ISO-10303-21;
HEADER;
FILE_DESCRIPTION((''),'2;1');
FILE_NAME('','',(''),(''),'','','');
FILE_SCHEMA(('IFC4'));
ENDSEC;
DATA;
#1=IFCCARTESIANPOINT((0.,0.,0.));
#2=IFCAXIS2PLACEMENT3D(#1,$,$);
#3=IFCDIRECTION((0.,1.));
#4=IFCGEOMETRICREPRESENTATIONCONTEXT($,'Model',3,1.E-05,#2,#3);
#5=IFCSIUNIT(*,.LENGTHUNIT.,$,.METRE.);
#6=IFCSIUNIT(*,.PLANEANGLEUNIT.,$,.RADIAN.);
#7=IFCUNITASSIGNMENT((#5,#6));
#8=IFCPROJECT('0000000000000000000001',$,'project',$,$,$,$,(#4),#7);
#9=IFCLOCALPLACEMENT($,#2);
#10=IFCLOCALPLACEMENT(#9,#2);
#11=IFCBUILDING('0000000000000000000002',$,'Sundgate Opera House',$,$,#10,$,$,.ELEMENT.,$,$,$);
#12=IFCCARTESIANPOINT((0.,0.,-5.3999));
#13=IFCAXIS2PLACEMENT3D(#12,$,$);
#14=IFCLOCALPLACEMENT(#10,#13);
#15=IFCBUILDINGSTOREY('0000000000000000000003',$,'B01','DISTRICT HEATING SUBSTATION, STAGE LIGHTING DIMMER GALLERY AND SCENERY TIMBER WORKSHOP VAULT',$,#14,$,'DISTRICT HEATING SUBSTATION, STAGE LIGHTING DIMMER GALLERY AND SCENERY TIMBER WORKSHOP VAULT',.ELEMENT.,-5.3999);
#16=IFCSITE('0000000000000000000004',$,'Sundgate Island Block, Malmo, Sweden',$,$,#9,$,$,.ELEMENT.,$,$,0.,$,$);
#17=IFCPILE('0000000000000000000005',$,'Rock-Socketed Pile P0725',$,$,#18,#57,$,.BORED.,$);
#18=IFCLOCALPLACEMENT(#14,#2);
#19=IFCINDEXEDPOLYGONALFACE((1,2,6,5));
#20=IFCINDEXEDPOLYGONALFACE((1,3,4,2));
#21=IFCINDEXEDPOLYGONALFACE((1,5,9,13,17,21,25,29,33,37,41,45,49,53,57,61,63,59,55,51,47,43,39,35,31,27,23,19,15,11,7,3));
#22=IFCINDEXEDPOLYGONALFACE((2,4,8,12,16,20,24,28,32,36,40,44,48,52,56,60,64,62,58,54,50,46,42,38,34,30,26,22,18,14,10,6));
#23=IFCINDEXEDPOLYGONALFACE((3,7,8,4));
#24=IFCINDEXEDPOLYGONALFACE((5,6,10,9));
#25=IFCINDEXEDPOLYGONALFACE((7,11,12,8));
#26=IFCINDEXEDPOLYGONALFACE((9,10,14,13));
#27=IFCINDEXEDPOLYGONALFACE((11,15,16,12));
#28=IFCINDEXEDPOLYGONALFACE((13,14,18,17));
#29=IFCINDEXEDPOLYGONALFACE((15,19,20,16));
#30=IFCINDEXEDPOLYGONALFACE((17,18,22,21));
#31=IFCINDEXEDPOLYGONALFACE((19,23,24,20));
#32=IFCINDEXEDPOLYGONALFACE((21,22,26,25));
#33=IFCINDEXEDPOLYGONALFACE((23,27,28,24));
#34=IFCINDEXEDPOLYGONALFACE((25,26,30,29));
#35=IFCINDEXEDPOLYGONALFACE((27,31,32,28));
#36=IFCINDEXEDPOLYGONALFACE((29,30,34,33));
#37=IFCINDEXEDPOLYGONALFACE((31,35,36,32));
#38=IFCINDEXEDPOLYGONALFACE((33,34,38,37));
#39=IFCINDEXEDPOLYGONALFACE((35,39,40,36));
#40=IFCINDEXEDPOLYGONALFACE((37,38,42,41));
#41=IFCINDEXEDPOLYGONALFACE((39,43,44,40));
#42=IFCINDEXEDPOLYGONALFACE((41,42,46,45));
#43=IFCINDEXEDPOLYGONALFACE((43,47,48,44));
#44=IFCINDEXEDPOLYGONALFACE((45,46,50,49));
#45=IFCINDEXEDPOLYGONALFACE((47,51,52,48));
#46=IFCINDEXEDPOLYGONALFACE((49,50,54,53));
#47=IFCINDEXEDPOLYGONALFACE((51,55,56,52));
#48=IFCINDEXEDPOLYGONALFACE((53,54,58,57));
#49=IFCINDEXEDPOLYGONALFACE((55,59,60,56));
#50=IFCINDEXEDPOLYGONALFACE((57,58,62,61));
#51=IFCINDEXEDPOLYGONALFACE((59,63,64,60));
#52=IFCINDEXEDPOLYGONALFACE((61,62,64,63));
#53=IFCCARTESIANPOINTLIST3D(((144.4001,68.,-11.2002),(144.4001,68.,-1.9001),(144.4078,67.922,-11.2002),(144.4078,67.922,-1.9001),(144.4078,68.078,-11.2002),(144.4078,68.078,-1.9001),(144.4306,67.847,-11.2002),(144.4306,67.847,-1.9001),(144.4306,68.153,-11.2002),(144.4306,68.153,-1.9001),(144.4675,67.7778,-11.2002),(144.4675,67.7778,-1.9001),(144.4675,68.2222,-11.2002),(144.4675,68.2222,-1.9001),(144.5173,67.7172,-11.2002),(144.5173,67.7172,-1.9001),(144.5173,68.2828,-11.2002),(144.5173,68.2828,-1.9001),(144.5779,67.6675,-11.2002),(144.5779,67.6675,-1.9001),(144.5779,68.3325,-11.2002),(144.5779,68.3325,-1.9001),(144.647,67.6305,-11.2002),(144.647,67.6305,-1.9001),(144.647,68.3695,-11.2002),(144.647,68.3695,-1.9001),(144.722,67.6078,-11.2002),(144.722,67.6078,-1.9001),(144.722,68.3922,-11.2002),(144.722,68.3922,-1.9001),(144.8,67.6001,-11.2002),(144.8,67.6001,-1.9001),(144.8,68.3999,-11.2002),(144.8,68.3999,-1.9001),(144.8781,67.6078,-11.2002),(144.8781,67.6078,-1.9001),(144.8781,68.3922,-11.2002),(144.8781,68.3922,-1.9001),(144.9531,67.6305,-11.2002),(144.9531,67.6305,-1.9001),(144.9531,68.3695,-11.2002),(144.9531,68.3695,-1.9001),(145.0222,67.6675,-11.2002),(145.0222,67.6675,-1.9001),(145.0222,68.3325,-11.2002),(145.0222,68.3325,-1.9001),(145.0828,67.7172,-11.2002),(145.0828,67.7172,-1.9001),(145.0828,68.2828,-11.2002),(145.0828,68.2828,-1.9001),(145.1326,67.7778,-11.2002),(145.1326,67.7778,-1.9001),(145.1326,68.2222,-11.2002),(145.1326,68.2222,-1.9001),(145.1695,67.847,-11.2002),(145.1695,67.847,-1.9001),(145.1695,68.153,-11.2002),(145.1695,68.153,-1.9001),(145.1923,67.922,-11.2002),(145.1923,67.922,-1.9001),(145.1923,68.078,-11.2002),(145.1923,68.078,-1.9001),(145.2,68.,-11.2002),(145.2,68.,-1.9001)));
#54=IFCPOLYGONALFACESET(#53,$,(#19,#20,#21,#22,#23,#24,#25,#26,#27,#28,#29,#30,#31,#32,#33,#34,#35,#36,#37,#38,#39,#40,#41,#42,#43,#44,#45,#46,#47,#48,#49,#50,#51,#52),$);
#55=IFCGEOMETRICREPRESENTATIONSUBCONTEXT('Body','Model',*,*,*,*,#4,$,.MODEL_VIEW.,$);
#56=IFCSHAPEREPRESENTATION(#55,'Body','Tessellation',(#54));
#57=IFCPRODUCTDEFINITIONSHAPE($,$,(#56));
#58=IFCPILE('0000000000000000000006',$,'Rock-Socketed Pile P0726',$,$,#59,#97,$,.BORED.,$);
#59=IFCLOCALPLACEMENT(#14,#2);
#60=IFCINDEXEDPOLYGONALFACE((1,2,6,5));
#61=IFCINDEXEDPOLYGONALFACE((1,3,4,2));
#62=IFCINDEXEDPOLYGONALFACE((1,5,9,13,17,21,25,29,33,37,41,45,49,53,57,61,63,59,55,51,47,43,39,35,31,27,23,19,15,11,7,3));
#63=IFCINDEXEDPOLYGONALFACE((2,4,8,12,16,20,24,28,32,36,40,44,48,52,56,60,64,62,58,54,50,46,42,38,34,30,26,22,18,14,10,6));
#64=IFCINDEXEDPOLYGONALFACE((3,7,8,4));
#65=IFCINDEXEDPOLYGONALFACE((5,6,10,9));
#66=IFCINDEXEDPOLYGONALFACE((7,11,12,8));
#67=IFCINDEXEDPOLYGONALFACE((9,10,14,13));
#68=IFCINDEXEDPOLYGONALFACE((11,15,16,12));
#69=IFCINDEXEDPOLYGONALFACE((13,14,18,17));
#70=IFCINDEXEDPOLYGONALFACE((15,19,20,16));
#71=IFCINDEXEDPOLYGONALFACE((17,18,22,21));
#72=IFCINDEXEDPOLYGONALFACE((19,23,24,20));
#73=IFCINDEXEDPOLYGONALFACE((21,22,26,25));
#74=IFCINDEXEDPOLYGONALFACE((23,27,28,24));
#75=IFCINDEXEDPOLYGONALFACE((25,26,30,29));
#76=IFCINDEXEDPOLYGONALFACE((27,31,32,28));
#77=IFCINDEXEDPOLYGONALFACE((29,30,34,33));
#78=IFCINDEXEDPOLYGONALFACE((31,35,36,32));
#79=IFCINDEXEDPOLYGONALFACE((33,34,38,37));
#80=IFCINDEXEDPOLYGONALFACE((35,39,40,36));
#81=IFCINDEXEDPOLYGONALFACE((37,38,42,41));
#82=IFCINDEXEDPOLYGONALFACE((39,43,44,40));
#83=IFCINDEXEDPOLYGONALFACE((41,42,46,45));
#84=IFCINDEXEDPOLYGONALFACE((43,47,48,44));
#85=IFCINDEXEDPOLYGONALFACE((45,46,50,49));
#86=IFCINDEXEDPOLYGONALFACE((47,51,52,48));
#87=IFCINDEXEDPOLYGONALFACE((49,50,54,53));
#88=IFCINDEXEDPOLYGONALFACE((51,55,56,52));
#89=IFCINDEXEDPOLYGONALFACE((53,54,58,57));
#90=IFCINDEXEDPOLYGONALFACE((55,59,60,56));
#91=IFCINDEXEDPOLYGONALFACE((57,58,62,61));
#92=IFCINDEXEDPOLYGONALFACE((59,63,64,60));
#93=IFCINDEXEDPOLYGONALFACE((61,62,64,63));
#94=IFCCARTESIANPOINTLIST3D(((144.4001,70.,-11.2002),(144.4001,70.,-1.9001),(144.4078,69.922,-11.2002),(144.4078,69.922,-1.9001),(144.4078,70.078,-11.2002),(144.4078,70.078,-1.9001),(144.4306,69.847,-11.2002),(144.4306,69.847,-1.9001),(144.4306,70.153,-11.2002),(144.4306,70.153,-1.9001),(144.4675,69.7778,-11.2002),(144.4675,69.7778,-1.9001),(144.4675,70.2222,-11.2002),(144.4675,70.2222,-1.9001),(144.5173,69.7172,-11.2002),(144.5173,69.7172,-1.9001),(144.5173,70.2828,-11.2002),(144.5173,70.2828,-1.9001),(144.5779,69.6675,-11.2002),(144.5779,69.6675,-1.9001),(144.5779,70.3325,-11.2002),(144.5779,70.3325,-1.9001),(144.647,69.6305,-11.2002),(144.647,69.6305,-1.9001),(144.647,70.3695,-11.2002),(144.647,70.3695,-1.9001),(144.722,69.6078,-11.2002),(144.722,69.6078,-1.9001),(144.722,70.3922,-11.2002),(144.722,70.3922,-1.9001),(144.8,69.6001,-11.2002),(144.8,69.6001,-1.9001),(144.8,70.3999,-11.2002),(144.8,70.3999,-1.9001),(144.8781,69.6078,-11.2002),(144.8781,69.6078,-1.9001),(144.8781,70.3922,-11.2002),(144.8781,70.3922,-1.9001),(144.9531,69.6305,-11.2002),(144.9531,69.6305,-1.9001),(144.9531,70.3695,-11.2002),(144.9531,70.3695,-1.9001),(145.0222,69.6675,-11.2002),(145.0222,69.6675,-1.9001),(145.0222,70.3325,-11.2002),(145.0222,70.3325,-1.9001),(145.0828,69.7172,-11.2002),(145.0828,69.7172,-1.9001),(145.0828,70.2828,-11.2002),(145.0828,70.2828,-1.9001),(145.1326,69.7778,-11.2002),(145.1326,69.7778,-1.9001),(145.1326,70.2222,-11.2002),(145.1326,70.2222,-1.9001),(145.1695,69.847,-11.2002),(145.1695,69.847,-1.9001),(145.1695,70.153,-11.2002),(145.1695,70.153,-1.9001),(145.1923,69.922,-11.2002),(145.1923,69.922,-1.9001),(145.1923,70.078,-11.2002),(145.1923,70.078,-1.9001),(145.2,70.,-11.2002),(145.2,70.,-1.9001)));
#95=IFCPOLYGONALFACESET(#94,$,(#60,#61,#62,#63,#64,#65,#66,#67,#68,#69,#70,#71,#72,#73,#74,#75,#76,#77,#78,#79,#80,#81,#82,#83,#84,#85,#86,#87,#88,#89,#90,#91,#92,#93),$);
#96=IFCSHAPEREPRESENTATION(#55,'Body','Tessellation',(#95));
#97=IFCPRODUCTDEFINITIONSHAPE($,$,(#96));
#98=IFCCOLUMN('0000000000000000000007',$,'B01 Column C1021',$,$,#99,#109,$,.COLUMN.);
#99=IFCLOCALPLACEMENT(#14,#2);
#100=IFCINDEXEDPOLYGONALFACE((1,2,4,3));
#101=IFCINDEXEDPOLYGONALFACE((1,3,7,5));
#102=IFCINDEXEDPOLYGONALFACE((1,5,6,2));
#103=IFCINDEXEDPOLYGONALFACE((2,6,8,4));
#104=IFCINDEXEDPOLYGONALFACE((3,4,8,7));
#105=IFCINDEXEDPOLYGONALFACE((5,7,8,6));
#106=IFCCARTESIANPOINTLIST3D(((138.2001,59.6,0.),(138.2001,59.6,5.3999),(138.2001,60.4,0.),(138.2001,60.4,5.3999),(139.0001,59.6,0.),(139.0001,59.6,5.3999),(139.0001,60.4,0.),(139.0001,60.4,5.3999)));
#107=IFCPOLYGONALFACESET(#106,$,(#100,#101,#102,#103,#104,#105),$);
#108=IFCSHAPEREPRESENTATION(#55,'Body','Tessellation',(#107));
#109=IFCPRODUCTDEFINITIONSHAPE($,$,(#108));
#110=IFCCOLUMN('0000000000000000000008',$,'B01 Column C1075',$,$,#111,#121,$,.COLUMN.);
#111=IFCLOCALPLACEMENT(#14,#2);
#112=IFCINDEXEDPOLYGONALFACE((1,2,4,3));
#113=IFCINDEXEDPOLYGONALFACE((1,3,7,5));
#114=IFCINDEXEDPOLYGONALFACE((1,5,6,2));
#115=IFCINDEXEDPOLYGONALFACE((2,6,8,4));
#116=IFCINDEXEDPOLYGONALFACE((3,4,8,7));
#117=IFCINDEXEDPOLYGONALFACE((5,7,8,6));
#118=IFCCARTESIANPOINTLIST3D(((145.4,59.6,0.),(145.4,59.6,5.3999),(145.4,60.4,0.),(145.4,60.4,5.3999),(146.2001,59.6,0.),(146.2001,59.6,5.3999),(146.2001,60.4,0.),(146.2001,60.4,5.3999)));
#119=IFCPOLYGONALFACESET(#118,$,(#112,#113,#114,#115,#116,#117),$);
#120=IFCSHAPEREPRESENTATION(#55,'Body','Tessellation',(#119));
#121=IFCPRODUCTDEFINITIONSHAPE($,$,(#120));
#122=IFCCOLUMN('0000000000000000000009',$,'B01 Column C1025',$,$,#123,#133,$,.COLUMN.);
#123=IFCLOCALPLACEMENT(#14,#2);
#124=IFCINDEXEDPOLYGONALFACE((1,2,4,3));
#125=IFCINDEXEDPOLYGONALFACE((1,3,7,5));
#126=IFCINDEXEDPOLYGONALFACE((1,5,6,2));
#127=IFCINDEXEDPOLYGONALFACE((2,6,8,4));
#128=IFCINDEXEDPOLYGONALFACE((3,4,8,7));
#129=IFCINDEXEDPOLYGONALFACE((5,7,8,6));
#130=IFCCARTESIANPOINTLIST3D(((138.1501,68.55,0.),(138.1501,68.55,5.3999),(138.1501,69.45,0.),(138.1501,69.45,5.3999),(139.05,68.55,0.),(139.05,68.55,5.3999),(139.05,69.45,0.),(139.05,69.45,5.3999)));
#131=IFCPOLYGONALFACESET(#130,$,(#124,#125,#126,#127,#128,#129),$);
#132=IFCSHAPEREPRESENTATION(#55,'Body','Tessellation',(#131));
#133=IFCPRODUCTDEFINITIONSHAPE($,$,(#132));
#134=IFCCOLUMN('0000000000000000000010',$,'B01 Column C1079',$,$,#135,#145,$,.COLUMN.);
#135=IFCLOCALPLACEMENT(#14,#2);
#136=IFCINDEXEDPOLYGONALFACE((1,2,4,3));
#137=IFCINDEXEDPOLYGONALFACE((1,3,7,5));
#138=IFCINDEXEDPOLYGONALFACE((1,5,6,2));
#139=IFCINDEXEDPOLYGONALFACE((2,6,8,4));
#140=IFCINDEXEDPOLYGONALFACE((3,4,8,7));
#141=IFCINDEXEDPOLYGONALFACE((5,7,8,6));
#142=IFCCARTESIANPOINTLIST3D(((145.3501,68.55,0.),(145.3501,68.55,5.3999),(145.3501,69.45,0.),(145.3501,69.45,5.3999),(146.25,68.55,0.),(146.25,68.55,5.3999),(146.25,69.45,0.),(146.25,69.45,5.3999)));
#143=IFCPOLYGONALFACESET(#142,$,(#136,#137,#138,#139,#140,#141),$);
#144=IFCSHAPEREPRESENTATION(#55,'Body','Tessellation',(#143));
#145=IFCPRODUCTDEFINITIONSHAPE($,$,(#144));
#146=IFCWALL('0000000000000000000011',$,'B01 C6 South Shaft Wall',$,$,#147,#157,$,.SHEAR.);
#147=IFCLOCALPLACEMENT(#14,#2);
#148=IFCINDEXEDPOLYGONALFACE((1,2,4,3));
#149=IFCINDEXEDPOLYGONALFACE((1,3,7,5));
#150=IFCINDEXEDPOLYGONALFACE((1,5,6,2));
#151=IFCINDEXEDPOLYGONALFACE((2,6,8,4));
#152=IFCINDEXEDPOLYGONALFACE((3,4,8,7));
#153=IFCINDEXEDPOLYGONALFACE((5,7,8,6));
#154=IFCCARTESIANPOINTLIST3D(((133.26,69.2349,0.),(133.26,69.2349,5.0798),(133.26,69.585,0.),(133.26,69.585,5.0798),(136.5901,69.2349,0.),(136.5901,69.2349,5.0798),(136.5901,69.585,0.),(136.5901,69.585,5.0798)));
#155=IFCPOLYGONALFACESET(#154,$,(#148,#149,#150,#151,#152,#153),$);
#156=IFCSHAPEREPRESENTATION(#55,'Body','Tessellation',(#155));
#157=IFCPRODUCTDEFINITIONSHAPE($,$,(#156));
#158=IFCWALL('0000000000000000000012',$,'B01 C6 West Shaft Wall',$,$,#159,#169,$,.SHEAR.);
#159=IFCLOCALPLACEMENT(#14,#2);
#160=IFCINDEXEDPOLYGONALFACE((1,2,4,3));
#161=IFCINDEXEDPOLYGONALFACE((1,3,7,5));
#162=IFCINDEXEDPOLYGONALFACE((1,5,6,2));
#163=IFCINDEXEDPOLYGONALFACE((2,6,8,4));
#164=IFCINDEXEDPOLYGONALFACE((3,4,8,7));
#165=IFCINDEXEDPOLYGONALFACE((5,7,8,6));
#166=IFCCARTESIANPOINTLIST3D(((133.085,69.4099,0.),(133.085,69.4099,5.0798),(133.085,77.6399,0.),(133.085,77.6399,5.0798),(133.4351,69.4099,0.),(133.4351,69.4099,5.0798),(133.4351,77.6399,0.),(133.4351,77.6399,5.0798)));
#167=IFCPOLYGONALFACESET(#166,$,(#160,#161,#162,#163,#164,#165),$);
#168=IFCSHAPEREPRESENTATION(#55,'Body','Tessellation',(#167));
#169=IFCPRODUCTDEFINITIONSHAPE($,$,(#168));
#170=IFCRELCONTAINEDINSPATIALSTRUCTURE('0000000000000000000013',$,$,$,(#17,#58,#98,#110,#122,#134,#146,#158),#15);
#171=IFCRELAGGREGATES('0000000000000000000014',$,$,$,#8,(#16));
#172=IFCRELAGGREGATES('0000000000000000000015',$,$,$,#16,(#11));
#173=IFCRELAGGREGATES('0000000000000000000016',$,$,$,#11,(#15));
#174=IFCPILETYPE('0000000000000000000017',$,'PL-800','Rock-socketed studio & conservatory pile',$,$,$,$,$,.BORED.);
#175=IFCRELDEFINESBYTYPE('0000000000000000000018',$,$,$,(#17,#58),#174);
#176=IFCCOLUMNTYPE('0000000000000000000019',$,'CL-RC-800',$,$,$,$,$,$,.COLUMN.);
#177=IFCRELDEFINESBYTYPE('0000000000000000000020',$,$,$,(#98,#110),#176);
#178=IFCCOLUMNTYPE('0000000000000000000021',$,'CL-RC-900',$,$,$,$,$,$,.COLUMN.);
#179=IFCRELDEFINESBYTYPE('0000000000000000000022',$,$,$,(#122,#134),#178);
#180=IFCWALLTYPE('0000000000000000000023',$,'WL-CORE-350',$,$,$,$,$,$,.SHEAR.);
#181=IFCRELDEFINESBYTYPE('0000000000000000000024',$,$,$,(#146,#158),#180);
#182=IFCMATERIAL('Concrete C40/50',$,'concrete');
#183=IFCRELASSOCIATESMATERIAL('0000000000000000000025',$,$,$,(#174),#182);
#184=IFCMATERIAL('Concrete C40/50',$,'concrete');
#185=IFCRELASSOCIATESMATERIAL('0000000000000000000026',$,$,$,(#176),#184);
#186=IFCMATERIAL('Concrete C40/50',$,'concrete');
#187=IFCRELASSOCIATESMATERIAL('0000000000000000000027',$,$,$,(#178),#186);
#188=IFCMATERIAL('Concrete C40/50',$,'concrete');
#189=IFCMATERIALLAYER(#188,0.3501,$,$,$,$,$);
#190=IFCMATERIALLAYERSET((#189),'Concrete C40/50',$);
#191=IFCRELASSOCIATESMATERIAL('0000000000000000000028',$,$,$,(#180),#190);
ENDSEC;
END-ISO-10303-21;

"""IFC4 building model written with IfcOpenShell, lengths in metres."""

from ifc_helpers import new_model, si_unit, direction, frame, frame_2d, origin, origin_2d, place, context, subcontext, project, spatial, rectangle, circle, extrude, material, layer, layer_set, material_profile, profile_set, type_object, element, save


model = new_model("IFC4")

# Units and contexts
model_context = context("Model", 3, precision=1e-05, world=origin(), true_north=direction((0.0, 1.0)))
body_context = subcontext(model_context, "Body", "Model", "MODEL_VIEW")
ifc_project = project(units=[si_unit("LENGTHUNIT", "METRE"), si_unit("PLANEANGLEUNIT", "RADIAN")], contexts=[model_context])

# Site, building, storey
site_placement = place(None, origin())
site = spatial("IfcSite", under=ifc_project, at=site_placement, Name="Sundgate Island Block, Malmo, Sweden", CompositionType="ELEMENT", RefElevation=0.0)
building_placement = place(site_placement, origin())
building = spatial("IfcBuilding", under=site, at=building_placement, Name="Sundgate Opera House", CompositionType="ELEMENT")
storey_placement = place(building_placement, frame((0.0, 0.0, -5.3999)))
storey = spatial("IfcBuildingStorey", under=building, at=storey_placement, Name="B01", Description="DISTRICT HEATING SUBSTATION, STAGE LIGHTING DIMMER GALLERY AND SCENERY TIMBER WORKSHOP VAULT", LongName="DISTRICT HEATING SUBSTATION, STAGE LIGHTING DIMMER GALLERY AND SCENERY TIMBER WORKSHOP VAULT", CompositionType="ELEMENT", Elevation=-5.3999)

# Piles
ifc_material_1 = material(Name="Concrete C40/50", Category="concrete")
ifc_material_profile_1 = material_profile(ifc_material_1, circle(Radius=0.3999, at=origin_2d()), Name="PILE D800")
ifc_profile_set_1 = profile_set([ifc_material_profile_1], Name="Concrete C40/50")
pile_type_1 = type_object("IfcPileType", Name="PL-800", Description="Rock-socketed studio & conservatory pile", PredefinedType="BORED", material=ifc_profile_set_1)
for number, where, z_axis, x_axis, name in (
    (1, (144.8, 68.0, -1.9001), (0.0, 0.0, -1.0), (1.0, 0.0, 0.0), "Rock-Socketed Pile P0725"),
    (2, (144.8, 70.0, -1.9001), (0.0, 0.0, -1.0), (1.0, 0.0, 0.0), "Rock-Socketed Pile P0726"),
):
    element("IfcPile", number, at=place(storey_placement, frame(where, z_axis=z_axis, x_axis=x_axis)), inside=storey, type_object=pile_type_1, Name=name, PredefinedType="BORED", context=body_context, shape_type="SweptSolid", body=[
        extrude(circle(Radius=0.3999, at=origin_2d()), origin(), (0.0, 0.0, 1.0), 9.3),
    ])

# Columns
ifc_material_2 = material(Name="Concrete C40/50", Category="concrete")
ifc_material_profile_2 = material_profile(ifc_material_2, rectangle(XDim=0.8, YDim=0.8, at=origin_2d()), Name="RC 800x800")
ifc_profile_set_2 = profile_set([ifc_material_profile_2], Name="Concrete C40/50")
column_type_1 = type_object("IfcColumnType", Name="CL-RC-800", PredefinedType="COLUMN", material=ifc_profile_set_2)
for number, where, z_axis, x_axis, name in (
    (3, (138.6001, 60.0, 0.0), (0.0, 0.0, 1.0), (1.0, 0.0, 0.0), "B01 Column C1021"),
    (4, (145.8, 60.0, 0.0), (0.0, 0.0, 1.0), (1.0, 0.0, 0.0), "B01 Column C1075"),
):
    element("IfcColumn", number, at=place(storey_placement, frame(where, z_axis=z_axis, x_axis=x_axis)), inside=storey, type_object=column_type_1, Name=name, PredefinedType="COLUMN", context=body_context, shape_type="SweptSolid", body=[
        extrude(rectangle(XDim=0.8, YDim=0.8, at=origin_2d()), origin(), (0.0, 0.0, 1.0), 5.3999),
    ])
ifc_material_3 = material(Name="Concrete C40/50", Category="concrete")
ifc_material_profile_3 = material_profile(ifc_material_3, rectangle(XDim=0.8999, YDim=0.8999, at=origin_2d()), Name="RC 900x900")
ifc_profile_set_3 = profile_set([ifc_material_profile_3], Name="Concrete C40/50")
column_type_2 = type_object("IfcColumnType", Name="CL-RC-900", PredefinedType="COLUMN", material=ifc_profile_set_3)
for number, where, z_axis, x_axis, name in (
    (5, (138.6001, 69.0, 0.0), (0.0, 0.0, 1.0), (1.0, 0.0, 0.0), "B01 Column C1025"),
    (6, (145.8, 69.0, 0.0), (0.0, 0.0, 1.0), (1.0, 0.0, 0.0), "B01 Column C1079"),
):
    element("IfcColumn", number, at=place(storey_placement, frame(where, z_axis=z_axis, x_axis=x_axis)), inside=storey, type_object=column_type_2, Name=name, PredefinedType="COLUMN", context=body_context, shape_type="SweptSolid", body=[
        extrude(rectangle(XDim=0.8999, YDim=0.8999, at=origin_2d()), origin(), (0.0, 0.0, 1.0), 5.3999),
    ])

# Walls
ifc_material_4 = material(Name="Concrete C40/50", Category="concrete")
ifc_layer = layer(ifc_material_4, 0.3501)
ifc_layer_set = layer_set([ifc_layer], Name="Concrete C40/50")
wall_type = type_object("IfcWallType", Name="WL-CORE-350", PredefinedType="SHEAR", material=ifc_layer_set)
wall_1_placement = place(storey_placement, frame((133.26, 69.4099, 0.0), z_axis=(0.0, 0.0, 1.0), x_axis=(1.0, 0.0, 0.0)))
element("IfcWall", 7, at=wall_1_placement, inside=storey, type_object=wall_type, Name="B01 C6 South Shaft Wall", PredefinedType="SHEAR", context=body_context, shape_type="SweptSolid", body=[
    extrude(rectangle(XDim=3.3301, YDim=0.3501, at=frame_2d((1.665, 0.0))), origin(), (0.0, 0.0, 1.0), 5.0798),
])
wall_2_placement = place(storey_placement, frame((133.26, 69.4099, 0.0), z_axis=(0.0, 0.0, 1.0), x_axis=(0.0, 1.0, 0.0)))
element("IfcWall", 8, at=wall_2_placement, inside=storey, type_object=wall_type, Name="B01 C6 West Shaft Wall", PredefinedType="SHEAR", context=body_context, shape_type="SweptSolid", body=[
    extrude(rectangle(XDim=8.23, YDim=0.3501, at=frame_2d((4.115, 0.0))), origin(), (0.0, 0.0, 1.0), 5.0798),
])

save(model, "model.ifc")
